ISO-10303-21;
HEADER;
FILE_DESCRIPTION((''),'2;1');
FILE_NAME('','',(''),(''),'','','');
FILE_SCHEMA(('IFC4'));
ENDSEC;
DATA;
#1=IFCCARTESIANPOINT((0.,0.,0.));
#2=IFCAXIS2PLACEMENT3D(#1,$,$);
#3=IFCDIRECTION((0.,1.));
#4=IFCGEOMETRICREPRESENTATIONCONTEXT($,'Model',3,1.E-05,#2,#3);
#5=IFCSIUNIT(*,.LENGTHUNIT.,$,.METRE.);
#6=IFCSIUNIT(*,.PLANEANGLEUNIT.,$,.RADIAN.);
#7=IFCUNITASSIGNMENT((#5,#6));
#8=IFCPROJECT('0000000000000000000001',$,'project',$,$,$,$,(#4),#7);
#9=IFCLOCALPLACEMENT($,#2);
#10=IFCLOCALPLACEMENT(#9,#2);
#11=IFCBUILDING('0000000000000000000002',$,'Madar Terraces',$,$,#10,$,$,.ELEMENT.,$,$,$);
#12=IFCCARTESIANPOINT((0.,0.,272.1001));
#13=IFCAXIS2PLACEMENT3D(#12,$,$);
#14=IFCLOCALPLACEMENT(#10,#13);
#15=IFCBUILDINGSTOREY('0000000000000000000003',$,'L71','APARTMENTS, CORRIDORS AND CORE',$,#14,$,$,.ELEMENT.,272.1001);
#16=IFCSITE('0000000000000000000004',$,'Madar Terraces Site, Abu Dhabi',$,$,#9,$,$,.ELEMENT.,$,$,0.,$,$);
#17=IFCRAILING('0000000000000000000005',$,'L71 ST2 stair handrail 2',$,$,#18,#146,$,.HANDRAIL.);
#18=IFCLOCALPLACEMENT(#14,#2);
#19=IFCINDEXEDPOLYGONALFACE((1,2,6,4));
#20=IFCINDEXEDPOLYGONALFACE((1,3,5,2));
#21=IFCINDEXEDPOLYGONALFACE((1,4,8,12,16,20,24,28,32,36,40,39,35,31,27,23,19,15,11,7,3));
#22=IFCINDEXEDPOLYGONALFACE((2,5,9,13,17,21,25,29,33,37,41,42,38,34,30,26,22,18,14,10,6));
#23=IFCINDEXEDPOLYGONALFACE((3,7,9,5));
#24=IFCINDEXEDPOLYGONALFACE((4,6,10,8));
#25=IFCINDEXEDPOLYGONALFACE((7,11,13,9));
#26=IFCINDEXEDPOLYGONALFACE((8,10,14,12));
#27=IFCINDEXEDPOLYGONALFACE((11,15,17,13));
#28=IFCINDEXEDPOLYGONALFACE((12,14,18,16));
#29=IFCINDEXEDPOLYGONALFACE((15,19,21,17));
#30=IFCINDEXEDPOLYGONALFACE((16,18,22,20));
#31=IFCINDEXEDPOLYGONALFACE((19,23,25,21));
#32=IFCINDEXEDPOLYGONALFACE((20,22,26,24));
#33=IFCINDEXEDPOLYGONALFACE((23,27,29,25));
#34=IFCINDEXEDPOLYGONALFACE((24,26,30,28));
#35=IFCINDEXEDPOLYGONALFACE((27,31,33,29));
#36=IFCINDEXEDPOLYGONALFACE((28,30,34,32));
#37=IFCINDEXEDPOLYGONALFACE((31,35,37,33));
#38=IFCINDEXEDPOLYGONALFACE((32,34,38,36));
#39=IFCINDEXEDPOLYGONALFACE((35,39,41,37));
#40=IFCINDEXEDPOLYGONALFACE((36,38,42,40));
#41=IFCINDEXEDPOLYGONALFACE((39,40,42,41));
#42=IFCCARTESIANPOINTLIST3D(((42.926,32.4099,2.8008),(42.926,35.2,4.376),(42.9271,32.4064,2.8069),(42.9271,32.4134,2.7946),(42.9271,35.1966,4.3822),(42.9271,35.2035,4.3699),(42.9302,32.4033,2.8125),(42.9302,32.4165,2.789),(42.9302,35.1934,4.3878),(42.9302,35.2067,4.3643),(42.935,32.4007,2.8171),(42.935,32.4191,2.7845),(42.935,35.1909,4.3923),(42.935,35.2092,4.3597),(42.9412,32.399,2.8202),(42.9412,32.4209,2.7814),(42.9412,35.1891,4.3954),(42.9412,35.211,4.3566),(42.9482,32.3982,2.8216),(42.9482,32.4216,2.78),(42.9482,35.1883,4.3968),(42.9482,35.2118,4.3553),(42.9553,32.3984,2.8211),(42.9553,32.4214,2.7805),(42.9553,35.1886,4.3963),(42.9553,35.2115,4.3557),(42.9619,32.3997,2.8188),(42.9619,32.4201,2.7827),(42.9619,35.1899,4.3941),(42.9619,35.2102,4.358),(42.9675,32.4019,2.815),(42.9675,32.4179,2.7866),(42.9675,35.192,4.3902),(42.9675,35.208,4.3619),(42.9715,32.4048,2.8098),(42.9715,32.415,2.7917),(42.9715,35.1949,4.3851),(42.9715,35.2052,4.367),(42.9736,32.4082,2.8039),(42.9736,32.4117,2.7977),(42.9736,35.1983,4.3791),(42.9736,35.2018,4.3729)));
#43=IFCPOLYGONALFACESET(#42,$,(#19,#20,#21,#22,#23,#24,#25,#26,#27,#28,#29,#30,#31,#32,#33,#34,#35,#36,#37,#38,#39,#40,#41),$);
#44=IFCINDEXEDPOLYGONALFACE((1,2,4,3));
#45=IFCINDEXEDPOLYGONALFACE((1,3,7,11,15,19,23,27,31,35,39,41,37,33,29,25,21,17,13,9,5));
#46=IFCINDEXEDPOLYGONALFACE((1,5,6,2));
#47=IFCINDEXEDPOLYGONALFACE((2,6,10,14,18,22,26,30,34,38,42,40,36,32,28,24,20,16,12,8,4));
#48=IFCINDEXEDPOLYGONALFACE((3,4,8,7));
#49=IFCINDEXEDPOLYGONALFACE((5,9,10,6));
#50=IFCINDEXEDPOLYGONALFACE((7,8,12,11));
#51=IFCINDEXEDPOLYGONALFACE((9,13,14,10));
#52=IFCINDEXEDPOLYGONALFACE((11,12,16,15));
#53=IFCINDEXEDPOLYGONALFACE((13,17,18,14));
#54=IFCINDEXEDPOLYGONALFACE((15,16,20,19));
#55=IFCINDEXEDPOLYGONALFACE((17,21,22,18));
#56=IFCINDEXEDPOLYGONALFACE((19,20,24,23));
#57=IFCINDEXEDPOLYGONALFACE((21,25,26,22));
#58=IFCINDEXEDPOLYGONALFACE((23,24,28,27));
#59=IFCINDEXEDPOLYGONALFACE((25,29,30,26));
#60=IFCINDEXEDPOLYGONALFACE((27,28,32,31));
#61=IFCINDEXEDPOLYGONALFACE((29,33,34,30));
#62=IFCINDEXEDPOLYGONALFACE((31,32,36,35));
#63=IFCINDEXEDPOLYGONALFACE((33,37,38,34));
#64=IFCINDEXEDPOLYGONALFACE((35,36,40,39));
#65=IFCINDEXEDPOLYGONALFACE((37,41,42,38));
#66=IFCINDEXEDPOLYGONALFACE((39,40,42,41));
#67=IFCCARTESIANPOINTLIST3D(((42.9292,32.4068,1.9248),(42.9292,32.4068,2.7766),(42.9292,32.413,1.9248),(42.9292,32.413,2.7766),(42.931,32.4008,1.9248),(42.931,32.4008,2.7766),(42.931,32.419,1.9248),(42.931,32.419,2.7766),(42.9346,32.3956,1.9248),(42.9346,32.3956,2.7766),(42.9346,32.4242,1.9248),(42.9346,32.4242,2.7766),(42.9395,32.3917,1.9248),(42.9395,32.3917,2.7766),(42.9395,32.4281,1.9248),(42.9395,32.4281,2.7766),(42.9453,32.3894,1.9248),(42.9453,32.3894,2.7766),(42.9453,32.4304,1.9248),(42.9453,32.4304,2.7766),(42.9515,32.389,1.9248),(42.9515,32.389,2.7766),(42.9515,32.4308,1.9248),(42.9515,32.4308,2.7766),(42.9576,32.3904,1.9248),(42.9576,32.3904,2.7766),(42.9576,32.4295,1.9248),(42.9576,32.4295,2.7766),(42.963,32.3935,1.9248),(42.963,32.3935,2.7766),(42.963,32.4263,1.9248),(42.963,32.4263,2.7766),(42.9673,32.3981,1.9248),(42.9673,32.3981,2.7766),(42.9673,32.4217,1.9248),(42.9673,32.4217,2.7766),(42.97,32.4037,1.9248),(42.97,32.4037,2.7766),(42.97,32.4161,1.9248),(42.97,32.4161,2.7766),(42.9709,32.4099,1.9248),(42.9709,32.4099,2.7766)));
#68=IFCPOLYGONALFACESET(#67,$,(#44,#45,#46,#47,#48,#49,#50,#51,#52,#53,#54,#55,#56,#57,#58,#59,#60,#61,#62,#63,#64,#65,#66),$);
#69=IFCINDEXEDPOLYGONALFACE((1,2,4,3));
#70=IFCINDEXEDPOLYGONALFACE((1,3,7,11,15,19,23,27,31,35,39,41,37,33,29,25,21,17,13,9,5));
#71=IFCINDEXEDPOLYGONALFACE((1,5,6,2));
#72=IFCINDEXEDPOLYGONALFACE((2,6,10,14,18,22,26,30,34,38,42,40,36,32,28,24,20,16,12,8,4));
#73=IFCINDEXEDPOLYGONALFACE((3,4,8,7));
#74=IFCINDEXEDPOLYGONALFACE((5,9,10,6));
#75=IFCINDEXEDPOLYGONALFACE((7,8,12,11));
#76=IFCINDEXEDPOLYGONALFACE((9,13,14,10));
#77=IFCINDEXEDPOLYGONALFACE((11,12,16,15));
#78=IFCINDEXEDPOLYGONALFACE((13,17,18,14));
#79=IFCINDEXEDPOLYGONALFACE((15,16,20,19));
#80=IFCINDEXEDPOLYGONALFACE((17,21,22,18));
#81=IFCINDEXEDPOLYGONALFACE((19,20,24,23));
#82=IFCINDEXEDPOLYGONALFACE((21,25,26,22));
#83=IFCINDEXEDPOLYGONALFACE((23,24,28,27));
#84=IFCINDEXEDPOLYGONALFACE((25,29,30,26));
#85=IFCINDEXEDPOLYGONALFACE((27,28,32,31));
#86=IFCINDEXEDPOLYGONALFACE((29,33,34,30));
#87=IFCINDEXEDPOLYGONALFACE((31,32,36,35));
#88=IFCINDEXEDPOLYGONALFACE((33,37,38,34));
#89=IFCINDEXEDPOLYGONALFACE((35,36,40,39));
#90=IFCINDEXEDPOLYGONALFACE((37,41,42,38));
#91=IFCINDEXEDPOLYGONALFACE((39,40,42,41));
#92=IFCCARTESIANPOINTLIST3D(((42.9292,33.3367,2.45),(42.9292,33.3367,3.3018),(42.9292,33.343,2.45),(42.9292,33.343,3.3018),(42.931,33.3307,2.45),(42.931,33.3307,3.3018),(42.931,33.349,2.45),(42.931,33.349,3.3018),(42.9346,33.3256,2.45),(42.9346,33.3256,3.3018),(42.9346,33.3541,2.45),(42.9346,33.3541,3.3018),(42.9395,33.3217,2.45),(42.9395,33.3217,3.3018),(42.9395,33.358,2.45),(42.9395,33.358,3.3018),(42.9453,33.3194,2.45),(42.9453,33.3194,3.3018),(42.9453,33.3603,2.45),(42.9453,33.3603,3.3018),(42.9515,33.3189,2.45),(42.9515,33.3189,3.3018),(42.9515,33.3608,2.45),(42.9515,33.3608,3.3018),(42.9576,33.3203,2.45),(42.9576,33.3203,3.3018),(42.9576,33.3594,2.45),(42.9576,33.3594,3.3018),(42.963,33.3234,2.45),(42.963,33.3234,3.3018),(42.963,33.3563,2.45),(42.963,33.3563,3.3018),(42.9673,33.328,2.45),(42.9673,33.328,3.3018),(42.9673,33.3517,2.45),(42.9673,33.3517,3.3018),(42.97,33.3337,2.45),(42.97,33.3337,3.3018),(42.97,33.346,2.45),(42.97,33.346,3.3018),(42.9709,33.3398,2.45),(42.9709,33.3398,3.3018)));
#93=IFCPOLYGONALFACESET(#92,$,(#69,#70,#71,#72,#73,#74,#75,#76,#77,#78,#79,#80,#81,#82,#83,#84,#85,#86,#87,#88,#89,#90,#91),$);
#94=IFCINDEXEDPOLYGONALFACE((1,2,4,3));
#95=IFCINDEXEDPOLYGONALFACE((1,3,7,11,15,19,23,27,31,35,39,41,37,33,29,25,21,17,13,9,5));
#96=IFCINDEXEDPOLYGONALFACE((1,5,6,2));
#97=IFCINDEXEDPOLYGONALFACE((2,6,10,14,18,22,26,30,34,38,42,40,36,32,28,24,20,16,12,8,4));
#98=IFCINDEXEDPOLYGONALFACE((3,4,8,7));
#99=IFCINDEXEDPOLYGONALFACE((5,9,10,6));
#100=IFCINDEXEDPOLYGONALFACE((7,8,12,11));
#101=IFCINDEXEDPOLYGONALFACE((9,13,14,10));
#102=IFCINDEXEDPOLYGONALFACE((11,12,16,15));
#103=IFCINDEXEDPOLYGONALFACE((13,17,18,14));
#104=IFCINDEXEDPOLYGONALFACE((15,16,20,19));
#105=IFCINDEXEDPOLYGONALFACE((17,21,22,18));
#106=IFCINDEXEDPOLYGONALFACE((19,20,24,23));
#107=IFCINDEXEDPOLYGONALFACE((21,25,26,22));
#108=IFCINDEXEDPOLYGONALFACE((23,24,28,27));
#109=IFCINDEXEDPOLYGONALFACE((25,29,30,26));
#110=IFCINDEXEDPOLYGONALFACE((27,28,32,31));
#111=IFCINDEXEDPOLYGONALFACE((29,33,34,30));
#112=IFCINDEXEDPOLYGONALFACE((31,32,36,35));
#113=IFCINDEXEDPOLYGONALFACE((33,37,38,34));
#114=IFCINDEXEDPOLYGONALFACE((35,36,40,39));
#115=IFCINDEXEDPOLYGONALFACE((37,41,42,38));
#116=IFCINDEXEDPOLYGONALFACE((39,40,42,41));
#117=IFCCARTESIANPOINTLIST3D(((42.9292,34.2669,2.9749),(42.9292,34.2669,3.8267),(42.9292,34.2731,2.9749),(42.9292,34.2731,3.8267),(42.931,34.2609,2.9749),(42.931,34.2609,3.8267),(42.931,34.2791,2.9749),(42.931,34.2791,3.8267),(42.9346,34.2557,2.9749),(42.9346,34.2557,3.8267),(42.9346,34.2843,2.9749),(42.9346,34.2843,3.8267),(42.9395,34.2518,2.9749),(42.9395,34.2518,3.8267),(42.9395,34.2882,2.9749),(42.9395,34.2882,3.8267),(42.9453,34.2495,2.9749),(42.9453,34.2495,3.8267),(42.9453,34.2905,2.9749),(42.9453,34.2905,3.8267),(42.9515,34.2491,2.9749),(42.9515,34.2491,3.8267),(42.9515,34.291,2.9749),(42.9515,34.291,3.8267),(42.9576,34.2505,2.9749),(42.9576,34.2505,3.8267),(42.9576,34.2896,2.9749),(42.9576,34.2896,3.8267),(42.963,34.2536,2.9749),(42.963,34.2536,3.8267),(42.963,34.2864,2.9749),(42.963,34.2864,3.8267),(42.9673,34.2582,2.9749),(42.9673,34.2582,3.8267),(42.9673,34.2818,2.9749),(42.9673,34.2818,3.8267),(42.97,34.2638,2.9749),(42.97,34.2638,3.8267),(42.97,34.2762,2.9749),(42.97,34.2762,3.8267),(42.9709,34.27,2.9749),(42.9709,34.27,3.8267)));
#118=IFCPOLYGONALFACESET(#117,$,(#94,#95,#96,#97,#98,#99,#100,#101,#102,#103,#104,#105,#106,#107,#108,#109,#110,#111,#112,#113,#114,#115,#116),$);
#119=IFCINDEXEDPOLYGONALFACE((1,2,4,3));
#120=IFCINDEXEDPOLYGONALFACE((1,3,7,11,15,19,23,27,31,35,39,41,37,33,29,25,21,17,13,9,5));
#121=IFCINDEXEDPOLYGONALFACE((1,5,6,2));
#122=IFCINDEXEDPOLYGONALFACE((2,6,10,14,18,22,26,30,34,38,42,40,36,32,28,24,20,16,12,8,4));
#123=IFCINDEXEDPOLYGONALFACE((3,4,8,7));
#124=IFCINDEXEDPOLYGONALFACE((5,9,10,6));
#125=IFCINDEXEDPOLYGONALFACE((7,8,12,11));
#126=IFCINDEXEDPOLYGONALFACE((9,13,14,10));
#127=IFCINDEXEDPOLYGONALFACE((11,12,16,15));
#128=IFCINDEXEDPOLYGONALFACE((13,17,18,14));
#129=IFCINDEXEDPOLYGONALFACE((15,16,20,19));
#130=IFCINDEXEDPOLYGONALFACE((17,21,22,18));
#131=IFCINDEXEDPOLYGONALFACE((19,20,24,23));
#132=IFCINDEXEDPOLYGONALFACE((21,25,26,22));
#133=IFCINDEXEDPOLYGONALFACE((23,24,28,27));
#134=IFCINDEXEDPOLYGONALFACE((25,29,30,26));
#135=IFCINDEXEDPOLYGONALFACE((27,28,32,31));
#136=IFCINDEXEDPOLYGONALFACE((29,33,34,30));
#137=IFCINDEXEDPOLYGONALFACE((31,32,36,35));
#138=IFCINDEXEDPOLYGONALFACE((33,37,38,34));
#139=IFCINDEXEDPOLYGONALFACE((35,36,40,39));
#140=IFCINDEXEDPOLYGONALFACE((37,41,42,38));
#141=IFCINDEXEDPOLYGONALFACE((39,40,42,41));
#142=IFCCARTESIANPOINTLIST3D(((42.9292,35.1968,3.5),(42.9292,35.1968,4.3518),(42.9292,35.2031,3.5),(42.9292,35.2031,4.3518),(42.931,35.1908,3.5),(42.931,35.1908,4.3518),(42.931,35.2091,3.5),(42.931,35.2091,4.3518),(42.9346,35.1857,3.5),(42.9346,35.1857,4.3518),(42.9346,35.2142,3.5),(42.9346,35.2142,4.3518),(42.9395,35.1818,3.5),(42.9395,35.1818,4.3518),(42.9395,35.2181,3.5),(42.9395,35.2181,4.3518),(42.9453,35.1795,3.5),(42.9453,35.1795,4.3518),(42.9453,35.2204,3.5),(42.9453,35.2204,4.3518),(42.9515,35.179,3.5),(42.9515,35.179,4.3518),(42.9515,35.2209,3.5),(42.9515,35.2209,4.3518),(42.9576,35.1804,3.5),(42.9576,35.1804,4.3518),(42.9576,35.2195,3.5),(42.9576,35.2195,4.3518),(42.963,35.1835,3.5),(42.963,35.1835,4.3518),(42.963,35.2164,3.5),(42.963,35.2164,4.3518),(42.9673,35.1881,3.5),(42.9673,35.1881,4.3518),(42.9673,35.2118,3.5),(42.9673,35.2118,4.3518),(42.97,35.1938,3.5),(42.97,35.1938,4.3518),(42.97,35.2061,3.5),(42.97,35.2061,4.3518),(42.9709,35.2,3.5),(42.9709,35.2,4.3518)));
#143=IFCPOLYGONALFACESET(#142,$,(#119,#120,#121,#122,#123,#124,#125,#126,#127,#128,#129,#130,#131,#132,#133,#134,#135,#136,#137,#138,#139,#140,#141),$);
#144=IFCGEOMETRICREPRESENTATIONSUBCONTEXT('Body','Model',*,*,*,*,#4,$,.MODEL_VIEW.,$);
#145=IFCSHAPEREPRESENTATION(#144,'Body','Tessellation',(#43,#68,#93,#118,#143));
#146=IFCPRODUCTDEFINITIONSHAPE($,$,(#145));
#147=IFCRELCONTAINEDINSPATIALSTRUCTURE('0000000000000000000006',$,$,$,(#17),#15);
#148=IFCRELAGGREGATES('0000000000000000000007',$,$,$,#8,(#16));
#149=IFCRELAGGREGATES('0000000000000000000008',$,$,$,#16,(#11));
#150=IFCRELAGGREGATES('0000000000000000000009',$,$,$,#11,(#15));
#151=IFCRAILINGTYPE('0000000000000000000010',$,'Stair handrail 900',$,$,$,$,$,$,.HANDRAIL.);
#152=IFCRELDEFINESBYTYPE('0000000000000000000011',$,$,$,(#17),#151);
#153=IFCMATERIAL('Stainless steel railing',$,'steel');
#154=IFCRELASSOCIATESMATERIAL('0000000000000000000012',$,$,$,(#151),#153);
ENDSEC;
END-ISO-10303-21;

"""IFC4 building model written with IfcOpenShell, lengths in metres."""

from ifc_helpers import new_model, si_unit, direction, frame, origin, origin_2d, place, context, subcontext, project, spatial, circle, extrude, material, type_object, element, save


model = new_model("IFC4")

# Units and contexts
model_context = context("Model", 3, precision=1e-05, world=origin(), true_north=direction((0.0, 1.0)))
body_context = subcontext(model_context, "Body", "Model", "MODEL_VIEW")
ifc_project = project(units=[si_unit("LENGTHUNIT", "METRE"), si_unit("PLANEANGLEUNIT", "RADIAN")], contexts=[model_context])

# Site, building, storey
site_placement = place(None, origin())
site = spatial("IfcSite", under=ifc_project, at=site_placement, Name="Madar Terraces Site, Abu Dhabi", CompositionType="ELEMENT", RefElevation=0.0)
building_placement = place(site_placement, origin())
building = spatial("IfcBuilding", under=site, at=building_placement, Name="Madar Terraces", CompositionType="ELEMENT")
storey_placement = place(building_placement, frame((0.0, 0.0, 272.1001)))
storey = spatial("IfcBuildingStorey", under=building, at=storey_placement, Name="L71", Description="APARTMENTS, CORRIDORS AND CORE", CompositionType="ELEMENT", Elevation=272.1001)

# Railing
ifc_material_1 = material(Name="Stainless steel railing", Category="steel")
railing_type_1 = type_object("IfcRailingType", Name="Stair handrail 900", PredefinedType="HANDRAIL", material=ifc_material_1)
railing_1_placement = place(storey_placement, frame((42.95, 32.4099, 1.9248)))
element("IfcRailing", 1, at=railing_1_placement, inside=storey, type_object=railing_type_1, Name="L71 ST2 stair handrail 2", PredefinedType="HANDRAIL", context=body_context, shape_type="SweptSolid", body=[
    extrude(circle(Radius=0.0239, at=origin_2d()), frame((0.0, 0.0, 0.876), z_axis=(0.0, 0.870801, 0.491635), x_axis=(-1.0, 0.0, 0.0)), (0.0, 0.0, 1.0), 3.2041),
    extrude(circle(Radius=0.021, at=origin_2d()), origin(), (0.0, 0.0, 1.0), 0.8518),
    extrude(circle(Radius=0.021, at=origin_2d()), frame((0.0, 0.9299, 0.5251)), (0.0, 0.0, 1.0), 0.8518),
    extrude(circle(Radius=0.021, at=origin_2d()), frame((0.0, 1.8601, 1.05)), (0.0, 0.0, 1.0), 0.8518),
    extrude(circle(Radius=0.021, at=origin_2d()), frame((0.0, 2.79, 1.5752)), (0.0, 0.0, 1.0), 0.8518),
])

save(model, "model.ifc")
